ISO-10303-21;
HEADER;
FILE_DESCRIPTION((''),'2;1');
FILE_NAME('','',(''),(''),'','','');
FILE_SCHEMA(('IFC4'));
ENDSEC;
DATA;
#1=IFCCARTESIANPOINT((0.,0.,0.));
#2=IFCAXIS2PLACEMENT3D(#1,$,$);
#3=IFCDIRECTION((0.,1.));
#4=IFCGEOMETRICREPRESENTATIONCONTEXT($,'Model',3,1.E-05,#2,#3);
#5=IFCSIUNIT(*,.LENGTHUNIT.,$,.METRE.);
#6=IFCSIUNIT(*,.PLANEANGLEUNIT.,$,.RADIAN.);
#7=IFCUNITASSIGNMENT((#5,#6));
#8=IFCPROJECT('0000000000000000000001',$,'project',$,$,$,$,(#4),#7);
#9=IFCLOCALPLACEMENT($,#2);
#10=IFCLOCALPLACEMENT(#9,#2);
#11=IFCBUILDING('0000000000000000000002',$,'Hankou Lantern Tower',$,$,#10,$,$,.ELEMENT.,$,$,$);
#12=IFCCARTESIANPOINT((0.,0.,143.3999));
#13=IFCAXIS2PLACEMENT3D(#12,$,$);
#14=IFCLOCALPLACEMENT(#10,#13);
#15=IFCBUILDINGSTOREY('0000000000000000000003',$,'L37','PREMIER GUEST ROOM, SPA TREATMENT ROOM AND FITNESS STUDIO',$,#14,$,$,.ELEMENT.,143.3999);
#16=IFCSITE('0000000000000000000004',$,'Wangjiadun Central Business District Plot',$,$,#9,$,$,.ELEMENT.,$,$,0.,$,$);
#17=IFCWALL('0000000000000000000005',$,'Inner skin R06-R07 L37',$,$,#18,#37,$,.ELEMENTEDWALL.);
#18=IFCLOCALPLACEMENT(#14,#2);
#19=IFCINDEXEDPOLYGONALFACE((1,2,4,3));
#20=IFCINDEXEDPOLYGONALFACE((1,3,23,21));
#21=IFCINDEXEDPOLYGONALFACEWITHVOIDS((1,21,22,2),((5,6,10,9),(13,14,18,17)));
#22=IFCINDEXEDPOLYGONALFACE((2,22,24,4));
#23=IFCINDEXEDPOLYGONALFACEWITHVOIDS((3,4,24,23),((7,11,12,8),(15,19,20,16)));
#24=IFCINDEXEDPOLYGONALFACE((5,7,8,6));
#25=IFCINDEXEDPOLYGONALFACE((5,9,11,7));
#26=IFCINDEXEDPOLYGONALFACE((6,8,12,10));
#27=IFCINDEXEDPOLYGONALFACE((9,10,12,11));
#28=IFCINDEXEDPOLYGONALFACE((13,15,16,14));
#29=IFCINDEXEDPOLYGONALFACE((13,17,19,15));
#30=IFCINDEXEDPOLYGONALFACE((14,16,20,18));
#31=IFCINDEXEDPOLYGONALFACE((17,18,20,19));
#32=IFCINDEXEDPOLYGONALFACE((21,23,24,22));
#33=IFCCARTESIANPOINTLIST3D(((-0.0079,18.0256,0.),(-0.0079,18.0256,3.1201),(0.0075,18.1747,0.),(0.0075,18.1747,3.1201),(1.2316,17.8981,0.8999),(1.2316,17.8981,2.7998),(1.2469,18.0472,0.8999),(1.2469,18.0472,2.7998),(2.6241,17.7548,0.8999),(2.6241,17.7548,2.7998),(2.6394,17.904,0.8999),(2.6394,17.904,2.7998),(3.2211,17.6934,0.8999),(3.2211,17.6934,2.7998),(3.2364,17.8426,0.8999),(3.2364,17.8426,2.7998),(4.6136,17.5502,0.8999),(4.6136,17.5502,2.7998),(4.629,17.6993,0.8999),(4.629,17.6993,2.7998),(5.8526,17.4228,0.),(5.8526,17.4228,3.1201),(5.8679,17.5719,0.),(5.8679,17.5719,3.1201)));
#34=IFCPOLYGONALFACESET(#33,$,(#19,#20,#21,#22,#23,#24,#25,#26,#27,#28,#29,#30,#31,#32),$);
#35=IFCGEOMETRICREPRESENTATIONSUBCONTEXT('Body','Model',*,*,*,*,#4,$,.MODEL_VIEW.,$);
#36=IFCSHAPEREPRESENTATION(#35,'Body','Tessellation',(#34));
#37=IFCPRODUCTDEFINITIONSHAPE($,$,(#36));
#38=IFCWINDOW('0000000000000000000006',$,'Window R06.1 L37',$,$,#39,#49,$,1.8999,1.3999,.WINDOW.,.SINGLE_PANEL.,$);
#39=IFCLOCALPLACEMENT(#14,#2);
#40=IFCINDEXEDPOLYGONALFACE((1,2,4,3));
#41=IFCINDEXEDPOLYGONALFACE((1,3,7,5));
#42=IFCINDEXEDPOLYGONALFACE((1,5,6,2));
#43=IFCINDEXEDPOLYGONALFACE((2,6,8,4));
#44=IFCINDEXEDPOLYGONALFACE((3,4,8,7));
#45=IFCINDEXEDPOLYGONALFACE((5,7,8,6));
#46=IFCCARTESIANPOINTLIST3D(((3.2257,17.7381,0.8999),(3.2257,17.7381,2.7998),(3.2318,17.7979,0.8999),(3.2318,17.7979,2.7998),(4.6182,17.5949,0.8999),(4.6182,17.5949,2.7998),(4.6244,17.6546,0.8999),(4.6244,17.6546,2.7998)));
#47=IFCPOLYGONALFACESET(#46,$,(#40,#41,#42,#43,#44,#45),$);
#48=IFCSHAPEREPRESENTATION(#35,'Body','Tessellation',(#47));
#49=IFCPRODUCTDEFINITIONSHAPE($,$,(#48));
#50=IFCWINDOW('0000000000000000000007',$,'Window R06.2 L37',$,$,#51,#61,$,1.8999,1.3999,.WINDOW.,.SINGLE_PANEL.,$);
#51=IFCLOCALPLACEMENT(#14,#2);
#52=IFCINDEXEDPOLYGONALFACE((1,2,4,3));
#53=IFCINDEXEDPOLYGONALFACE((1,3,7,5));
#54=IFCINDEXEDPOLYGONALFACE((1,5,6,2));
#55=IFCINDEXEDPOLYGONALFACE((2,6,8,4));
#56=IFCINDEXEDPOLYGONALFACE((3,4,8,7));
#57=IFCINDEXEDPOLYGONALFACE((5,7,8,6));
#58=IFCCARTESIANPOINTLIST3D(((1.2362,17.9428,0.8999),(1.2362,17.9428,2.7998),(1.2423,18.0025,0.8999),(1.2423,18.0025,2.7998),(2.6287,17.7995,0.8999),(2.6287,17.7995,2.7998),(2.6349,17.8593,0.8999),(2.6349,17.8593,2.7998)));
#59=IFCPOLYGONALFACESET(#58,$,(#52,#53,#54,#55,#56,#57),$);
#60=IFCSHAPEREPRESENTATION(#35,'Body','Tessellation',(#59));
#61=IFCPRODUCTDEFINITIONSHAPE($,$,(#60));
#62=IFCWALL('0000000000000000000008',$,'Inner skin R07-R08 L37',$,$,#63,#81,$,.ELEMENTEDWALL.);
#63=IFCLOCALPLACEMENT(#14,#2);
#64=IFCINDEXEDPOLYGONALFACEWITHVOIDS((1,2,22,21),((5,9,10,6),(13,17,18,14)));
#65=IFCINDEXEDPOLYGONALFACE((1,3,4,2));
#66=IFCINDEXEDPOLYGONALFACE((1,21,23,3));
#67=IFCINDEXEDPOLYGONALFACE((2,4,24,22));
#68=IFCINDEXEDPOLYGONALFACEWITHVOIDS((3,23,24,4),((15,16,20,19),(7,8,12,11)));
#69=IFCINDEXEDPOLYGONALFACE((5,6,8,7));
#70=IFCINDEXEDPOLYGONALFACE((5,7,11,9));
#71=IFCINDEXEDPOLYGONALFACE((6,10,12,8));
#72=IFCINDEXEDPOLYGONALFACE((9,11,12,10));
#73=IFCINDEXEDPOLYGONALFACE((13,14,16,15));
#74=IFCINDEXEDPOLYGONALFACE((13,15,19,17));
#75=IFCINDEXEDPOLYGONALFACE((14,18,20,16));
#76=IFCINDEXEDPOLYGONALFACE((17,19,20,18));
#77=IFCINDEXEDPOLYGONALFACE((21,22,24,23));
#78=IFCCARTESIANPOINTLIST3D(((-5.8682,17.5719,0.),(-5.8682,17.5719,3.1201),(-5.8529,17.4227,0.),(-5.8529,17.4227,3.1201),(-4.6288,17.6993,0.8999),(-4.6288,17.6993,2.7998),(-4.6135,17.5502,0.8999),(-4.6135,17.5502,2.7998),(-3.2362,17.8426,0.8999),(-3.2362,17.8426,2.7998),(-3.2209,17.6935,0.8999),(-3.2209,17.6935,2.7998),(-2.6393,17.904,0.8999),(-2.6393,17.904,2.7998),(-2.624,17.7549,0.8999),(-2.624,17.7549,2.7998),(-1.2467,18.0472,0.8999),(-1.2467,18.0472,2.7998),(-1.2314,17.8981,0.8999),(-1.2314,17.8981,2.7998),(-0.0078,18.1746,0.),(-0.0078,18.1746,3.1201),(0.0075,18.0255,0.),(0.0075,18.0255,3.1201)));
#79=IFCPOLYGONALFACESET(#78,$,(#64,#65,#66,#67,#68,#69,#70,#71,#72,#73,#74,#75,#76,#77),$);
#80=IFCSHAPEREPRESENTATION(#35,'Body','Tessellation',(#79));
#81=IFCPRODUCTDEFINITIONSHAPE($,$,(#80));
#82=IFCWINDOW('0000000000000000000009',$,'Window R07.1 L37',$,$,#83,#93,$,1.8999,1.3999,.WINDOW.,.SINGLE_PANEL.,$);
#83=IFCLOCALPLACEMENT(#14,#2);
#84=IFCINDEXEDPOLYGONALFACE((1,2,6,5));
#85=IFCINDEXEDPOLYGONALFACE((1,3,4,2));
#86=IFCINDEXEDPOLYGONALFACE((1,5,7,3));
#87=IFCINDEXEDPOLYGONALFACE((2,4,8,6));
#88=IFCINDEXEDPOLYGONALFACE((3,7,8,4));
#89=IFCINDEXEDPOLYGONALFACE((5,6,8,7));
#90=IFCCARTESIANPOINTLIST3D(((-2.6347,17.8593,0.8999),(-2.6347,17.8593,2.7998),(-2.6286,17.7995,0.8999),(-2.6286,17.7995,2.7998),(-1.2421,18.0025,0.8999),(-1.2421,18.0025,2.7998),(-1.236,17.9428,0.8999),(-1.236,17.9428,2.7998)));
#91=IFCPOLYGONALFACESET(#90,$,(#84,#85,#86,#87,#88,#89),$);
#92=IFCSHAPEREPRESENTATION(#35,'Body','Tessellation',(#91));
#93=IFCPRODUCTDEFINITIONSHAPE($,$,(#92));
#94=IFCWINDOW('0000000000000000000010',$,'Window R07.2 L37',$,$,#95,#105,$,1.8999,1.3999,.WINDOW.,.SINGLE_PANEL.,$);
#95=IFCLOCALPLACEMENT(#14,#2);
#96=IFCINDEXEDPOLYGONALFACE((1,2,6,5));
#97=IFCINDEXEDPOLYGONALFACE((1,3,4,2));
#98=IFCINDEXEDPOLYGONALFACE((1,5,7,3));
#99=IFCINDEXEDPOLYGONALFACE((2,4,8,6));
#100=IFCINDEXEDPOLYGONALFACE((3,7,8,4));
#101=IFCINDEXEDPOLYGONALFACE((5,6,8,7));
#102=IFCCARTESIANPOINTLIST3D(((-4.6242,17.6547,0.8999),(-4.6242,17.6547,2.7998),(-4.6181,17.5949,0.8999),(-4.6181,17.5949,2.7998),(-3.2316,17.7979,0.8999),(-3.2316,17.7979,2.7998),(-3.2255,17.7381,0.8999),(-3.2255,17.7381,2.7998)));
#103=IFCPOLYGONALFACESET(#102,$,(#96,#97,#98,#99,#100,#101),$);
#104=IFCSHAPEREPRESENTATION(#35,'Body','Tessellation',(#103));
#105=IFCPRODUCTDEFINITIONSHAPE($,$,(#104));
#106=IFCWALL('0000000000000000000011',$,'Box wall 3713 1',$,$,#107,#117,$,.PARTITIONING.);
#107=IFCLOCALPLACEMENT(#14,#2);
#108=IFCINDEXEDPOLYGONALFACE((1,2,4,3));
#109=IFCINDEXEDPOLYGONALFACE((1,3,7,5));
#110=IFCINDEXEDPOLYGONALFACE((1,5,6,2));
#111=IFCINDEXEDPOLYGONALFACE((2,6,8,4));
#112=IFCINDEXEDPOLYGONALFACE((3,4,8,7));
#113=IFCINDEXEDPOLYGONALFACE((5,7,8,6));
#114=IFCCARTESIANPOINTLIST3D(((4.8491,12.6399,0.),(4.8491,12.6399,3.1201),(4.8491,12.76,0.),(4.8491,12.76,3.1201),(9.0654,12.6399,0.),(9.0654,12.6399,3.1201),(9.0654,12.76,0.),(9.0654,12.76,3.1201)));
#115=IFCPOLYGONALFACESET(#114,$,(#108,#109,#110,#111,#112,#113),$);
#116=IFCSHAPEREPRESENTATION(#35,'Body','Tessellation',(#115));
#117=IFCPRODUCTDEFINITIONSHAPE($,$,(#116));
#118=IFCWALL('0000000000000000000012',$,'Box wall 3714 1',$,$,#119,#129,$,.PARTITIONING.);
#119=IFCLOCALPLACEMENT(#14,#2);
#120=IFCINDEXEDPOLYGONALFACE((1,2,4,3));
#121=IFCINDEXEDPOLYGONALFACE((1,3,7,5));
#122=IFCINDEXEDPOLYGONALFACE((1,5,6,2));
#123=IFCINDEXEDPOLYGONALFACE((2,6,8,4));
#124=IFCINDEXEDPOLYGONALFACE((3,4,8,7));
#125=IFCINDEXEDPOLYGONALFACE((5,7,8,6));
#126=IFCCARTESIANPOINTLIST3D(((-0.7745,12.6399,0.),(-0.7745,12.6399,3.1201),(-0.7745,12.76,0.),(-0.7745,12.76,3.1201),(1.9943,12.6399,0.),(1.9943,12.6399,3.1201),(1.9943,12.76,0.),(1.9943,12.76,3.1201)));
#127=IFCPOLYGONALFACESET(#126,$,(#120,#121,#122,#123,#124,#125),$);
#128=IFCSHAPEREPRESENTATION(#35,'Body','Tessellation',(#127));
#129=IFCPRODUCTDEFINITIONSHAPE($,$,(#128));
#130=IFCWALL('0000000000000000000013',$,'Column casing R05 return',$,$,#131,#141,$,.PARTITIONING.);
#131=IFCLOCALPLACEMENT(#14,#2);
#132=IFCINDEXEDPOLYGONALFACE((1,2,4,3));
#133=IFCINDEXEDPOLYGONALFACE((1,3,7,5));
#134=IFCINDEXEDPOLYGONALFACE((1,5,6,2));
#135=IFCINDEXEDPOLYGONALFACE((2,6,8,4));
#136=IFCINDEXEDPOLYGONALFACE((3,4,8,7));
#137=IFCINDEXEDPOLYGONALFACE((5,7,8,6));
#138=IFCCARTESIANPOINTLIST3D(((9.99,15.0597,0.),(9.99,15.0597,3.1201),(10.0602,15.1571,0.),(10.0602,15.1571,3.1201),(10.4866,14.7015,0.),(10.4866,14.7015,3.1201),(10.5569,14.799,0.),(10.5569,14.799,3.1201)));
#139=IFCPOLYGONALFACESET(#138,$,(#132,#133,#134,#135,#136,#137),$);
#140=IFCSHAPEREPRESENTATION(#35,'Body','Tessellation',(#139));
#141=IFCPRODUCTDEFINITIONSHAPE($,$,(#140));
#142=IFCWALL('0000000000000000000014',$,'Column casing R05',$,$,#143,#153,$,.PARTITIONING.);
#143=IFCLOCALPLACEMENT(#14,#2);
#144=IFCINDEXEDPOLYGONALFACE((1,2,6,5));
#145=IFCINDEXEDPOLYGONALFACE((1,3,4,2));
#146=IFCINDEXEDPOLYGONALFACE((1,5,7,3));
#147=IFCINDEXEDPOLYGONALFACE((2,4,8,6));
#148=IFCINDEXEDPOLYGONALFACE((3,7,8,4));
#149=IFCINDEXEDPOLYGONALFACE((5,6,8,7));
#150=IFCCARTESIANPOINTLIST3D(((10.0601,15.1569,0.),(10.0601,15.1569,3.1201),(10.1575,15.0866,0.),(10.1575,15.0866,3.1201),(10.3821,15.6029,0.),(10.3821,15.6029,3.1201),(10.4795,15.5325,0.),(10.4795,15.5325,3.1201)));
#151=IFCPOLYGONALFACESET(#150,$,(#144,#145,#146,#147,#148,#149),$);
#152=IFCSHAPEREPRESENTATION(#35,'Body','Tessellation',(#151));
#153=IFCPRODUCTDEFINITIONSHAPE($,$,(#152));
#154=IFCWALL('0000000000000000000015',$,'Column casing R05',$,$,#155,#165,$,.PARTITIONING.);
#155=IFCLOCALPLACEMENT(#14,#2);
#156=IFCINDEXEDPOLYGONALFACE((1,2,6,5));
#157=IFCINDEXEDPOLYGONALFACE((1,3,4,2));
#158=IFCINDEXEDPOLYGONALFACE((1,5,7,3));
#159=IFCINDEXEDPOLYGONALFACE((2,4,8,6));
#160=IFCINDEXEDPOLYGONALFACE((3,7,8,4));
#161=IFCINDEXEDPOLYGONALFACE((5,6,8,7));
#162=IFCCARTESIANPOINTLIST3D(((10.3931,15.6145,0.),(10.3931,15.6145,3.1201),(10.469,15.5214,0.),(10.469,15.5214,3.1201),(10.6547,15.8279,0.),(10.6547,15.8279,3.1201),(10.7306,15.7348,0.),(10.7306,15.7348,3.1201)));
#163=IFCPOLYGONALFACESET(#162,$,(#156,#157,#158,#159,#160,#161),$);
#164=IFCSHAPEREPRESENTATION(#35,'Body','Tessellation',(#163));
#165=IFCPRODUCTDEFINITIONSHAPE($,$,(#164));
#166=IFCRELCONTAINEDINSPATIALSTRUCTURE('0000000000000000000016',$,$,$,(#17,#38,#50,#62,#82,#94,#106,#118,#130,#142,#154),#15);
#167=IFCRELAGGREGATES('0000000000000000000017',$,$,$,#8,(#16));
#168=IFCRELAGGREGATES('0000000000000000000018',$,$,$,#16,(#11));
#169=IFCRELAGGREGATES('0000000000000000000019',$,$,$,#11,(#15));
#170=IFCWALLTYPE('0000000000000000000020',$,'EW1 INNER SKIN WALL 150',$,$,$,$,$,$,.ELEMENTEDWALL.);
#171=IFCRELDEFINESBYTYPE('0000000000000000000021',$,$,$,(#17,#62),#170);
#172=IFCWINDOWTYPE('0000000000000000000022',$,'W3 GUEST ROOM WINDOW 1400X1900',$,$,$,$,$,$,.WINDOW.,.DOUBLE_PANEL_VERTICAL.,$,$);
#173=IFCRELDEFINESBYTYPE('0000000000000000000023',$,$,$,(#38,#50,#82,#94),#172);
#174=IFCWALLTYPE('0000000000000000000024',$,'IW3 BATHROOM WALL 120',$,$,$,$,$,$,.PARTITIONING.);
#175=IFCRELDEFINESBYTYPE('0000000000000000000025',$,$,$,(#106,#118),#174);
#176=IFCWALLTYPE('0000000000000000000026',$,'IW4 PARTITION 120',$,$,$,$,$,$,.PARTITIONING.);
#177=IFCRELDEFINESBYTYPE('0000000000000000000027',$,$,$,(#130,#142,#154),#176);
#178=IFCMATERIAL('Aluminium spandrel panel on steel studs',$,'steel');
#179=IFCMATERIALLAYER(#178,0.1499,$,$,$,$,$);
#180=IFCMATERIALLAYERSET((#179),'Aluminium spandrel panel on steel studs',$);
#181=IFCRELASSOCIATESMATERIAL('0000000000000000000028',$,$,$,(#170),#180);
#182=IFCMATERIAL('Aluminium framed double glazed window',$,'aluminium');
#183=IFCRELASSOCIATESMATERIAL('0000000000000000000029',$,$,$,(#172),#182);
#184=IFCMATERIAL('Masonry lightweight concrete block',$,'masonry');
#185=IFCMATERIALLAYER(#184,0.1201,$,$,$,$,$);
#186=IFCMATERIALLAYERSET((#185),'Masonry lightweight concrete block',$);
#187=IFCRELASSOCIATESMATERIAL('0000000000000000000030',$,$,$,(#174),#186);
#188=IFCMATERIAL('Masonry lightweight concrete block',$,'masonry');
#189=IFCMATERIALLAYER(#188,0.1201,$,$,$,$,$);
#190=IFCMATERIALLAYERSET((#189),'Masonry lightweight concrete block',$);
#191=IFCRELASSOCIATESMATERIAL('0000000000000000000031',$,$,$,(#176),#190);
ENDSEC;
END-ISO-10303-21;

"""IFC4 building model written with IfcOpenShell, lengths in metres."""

from ifc_helpers import new_model, si_unit, direction, frame, frame_2d, origin, place, context, subcontext, project, spatial, rectangle, extrude, material, layer, layer_set, type_object, element, fill, save


model = new_model("IFC4")

# Units and contexts
model_context = context("Model", 3, precision=1e-05, world=origin(), true_north=direction((0.0, 1.0)))
body_context = subcontext(model_context, "Body", "Model", "MODEL_VIEW")
ifc_project = project(units=[si_unit("LENGTHUNIT", "METRE"), si_unit("PLANEANGLEUNIT", "RADIAN")], contexts=[model_context])

# Site, building, storey
site_placement = place(None, origin())
site = spatial("IfcSite", under=ifc_project, at=site_placement, Name="Wangjiadun Central Business District Plot", CompositionType="ELEMENT", RefElevation=0.0)
building_placement = place(site_placement, origin())
building = spatial("IfcBuilding", under=site, at=building_placement, Name="Hankou Lantern Tower", CompositionType="ELEMENT")
storey_placement = place(building_placement, frame((0.0, 0.0, 143.3999)))
storey = spatial("IfcBuildingStorey", under=building, at=storey_placement, Name="L37", Description="PREMIER GUEST ROOM, SPA TREATMENT ROOM AND FITNESS STUDIO", CompositionType="ELEMENT", Elevation=143.3999)

# Walls, openings, windows
ifc_material_1 = material(Name="Aluminium spandrel panel on steel studs", Category="steel")
ifc_layer_1 = layer(ifc_material_1, 0.1499)
ifc_layer_set_1 = layer_set([ifc_layer_1], Name="Aluminium spandrel panel on steel studs")
wall_type_1 = type_object("IfcWallType", Name="EW1 INNER SKIN WALL 150", PredefinedType="ELEMENTEDWALL", material=ifc_layer_set_1)
wall_1_placement = place(storey_placement, frame((5.8604, 17.4973, 0.0), z_axis=(0.0, 0.0, 1.0), x_axis=(-0.994752, 0.102318, 0.0)))
wall_1 = element("IfcWall", 1, at=wall_1_placement, inside=storey, type_object=wall_type_1, Name="Inner skin R06-R07 L37", PredefinedType="ELEMENTEDWALL", context=body_context, shape_type="SweptSolid", body=[
    extrude(rectangle(XDim=5.8914, YDim=0.1499, at=frame_2d((2.9458, 0.0))), origin(), (0.0, 0.0, 1.0), 3.1201),
])
opening_1_placement = place(wall_1_placement, frame((1.2456, 0.0, 0.8999)))
opening_1 = element("IfcOpeningElement", 2, at=opening_1_placement, cuts=wall_1, PredefinedType="OPENING", context=body_context, shape_type="SweptSolid", body=[
    extrude(rectangle(XDim=1.3999, YDim=1.8999, at=frame_2d((0.7, 0.95))), frame((0.0, 0.085, 0.0), z_axis=(0.0, -1.0, 0.0), x_axis=(1.0, 0.0, 0.0)), (0.0, 0.0, 1.0), 0.1699),
])
opening_2_placement = place(wall_1_placement, frame((3.2456, 0.0, 0.8999)))
opening_2 = element("IfcOpeningElement", 3, at=opening_2_placement, cuts=wall_1, PredefinedType="OPENING", context=body_context, shape_type="SweptSolid", body=[
    extrude(rectangle(XDim=1.3999, YDim=1.8999, at=frame_2d((0.7, 0.95))), frame((0.0, 0.085, 0.0), z_axis=(0.0, -1.0, 0.0), x_axis=(1.0, 0.0, 0.0)), (0.0, 0.0, 1.0), 0.1699),
])
ifc_material_2 = material(Name="Aluminium framed double glazed window", Category="aluminium")
window_type = type_object("IfcWindowType", Name="W3 GUEST ROOM WINDOW 1400X1900", PartitioningType="DOUBLE_PANEL_VERTICAL", PredefinedType="WINDOW", material=ifc_material_2)
window_1_placement = place(opening_1_placement, origin())
window_1 = element("IfcWindow", 4, at=window_1_placement, inside=storey, type_object=window_type, Name="Window R06.1 L37", OverallHeight=1.8999, OverallWidth=1.3999, PartitioningType="SINGLE_PANEL", PredefinedType="WINDOW", context=body_context, shape_type="SweptSolid", body=[
    extrude(rectangle(XDim=1.3999, YDim=1.8999, at=frame_2d((0.7, 0.95))), frame((0.0, 0.03, 0.0), z_axis=(0.0, -1.0, 0.0), x_axis=(1.0, 0.0, 0.0)), (0.0, 0.0, 1.0), 0.0601),
])
fill(opening_1, window_1)
window_2_placement = place(opening_2_placement, origin())
window_2 = element("IfcWindow", 5, at=window_2_placement, inside=storey, type_object=window_type, Name="Window R06.2 L37", OverallHeight=1.8999, OverallWidth=1.3999, PartitioningType="SINGLE_PANEL", PredefinedType="WINDOW", context=body_context, shape_type="SweptSolid", body=[
    extrude(rectangle(XDim=1.3999, YDim=1.8999, at=frame_2d((0.7, 0.95))), frame((0.0, 0.03, 0.0), z_axis=(0.0, -1.0, 0.0), x_axis=(1.0, 0.0, 0.0)), (0.0, 0.0, 1.0), 0.0601),
])
fill(opening_2, window_2)
wall_2_placement = place(storey_placement, frame((0.0, 18.1001, 0.0), z_axis=(0.0, 0.0, 1.0), x_axis=(-0.994752, -0.102318, 0.0)))
wall_2 = element("IfcWall", 6, at=wall_2_placement, inside=storey, type_object=wall_type_1, Name="Inner skin R07-R08 L37", PredefinedType="ELEMENTEDWALL", context=body_context, shape_type="SweptSolid", body=[
    extrude(rectangle(XDim=5.8914, YDim=0.1499, at=frame_2d((2.9458, 0.0))), origin(), (0.0, 0.0, 1.0), 3.1201),
])
opening_3_placement = place(wall_2_placement, frame((1.2456, 0.0, 0.8999)))
opening_3 = element("IfcOpeningElement", 7, at=opening_3_placement, cuts=wall_2, PredefinedType="OPENING", context=body_context, shape_type="SweptSolid", body=[
    extrude(rectangle(XDim=1.3999, YDim=1.8999, at=frame_2d((0.7, 0.95))), frame((0.0, 0.085, 0.0), z_axis=(0.0, -1.0, 0.0), x_axis=(1.0, 0.0, 0.0)), (0.0, 0.0, 1.0), 0.1699),
])
opening_4_placement = place(wall_2_placement, frame((3.2456, 0.0, 0.8999)))
opening_4 = element("IfcOpeningElement", 8, at=opening_4_placement, cuts=wall_2, PredefinedType="OPENING", context=body_context, shape_type="SweptSolid", body=[
    extrude(rectangle(XDim=1.3999, YDim=1.8999, at=frame_2d((0.7, 0.95))), frame((0.0, 0.085, 0.0), z_axis=(0.0, -1.0, 0.0), x_axis=(1.0, 0.0, 0.0)), (0.0, 0.0, 1.0), 0.1699),
])
window_3_placement = place(opening_3_placement, origin())
window_3 = element("IfcWindow", 9, at=window_3_placement, inside=storey, type_object=window_type, Name="Window R07.1 L37", OverallHeight=1.8999, OverallWidth=1.3999, PartitioningType="SINGLE_PANEL", PredefinedType="WINDOW", context=body_context, shape_type="SweptSolid", body=[
    extrude(rectangle(XDim=1.3999, YDim=1.8999, at=frame_2d((0.7, 0.95))), frame((0.0, 0.03, 0.0), z_axis=(0.0, -1.0, 0.0), x_axis=(1.0, 0.0, 0.0)), (0.0, 0.0, 1.0), 0.0601),
])
fill(opening_3, window_3)
window_4_placement = place(opening_4_placement, origin())
window_4 = element("IfcWindow", 10, at=window_4_placement, inside=storey, type_object=window_type, Name="Window R07.2 L37", OverallHeight=1.8999, OverallWidth=1.3999, PartitioningType="SINGLE_PANEL", PredefinedType="WINDOW", context=body_context, shape_type="SweptSolid", body=[
    extrude(rectangle(XDim=1.3999, YDim=1.8999, at=frame_2d((0.7, 0.95))), frame((0.0, 0.03, 0.0), z_axis=(0.0, -1.0, 0.0), x_axis=(1.0, 0.0, 0.0)), (0.0, 0.0, 1.0), 0.0601),
])
fill(opening_4, window_4)

# Walls
ifc_material_3 = material(Name="Masonry lightweight concrete block", Category="masonry")
ifc_layer_2 = layer(ifc_material_3, 0.1201)
ifc_layer_set_2 = layer_set([ifc_layer_2], Name="Masonry lightweight concrete block")
wall_type_2 = type_object("IfcWallType", Name="IW3 BATHROOM WALL 120", PredefinedType="PARTITIONING", material=ifc_layer_set_2)
wall_3_placement = place(storey_placement, frame((9.0654, 12.7, 0.0), z_axis=(0.0, 0.0, 1.0), x_axis=(-1.0, 0.0, 0.0)))
element("IfcWall", 11, at=wall_3_placement, inside=storey, type_object=wall_type_2, Name="Box wall 3713 1", PredefinedType="PARTITIONING", context=body_context, shape_type="SweptSolid", body=[
    extrude(rectangle(XDim=4.2163, YDim=0.1201, at=frame_2d((2.1082, 0.0))), origin(), (0.0, 0.0, 1.0), 3.1201),
])
wall_4_placement = place(storey_placement, frame((1.9941, 12.7, 0.0), z_axis=(0.0, 0.0, 1.0), x_axis=(-1.0, 0.0, 0.0)))
element("IfcWall", 12, at=wall_4_placement, inside=storey, type_object=wall_type_2, Name="Box wall 3714 1", PredefinedType="PARTITIONING", context=body_context, shape_type="SweptSolid", body=[
    extrude(rectangle(XDim=2.7688, YDim=0.1201, at=frame_2d((1.3843, 0.0))), origin(), (0.0, 0.0, 1.0), 3.1201),
])
ifc_material_4 = material(Name="Masonry lightweight concrete block", Category="masonry")
ifc_layer_3 = layer(ifc_material_4, 0.1201)
ifc_layer_set_3 = layer_set([ifc_layer_3], Name="Masonry lightweight concrete block")
wall_type_3 = type_object("IfcWallType", Name="IW4 PARTITION 120", PredefinedType="PARTITIONING", material=ifc_layer_set_3)
wall_5_placement = place(storey_placement, frame((10.5217, 14.7502, 0.0), z_axis=(0.0, 0.0, 1.0), x_axis=(-0.811058, 0.584966, 0.0)))
element("IfcWall", 13, at=wall_5_placement, inside=storey, type_object=wall_type_3, Name="Column casing R05 return", PredefinedType="PARTITIONING", context=body_context, shape_type="SweptSolid", body=[
    extrude(rectangle(XDim=0.6123, YDim=0.1201, at=frame_2d((0.3062, 0.0))), origin(), (0.0, 0.0, 1.0), 3.1201),
])
wall_6_placement = place(storey_placement, frame((10.1089, 15.1218, 0.0), z_axis=(0.0, 0.0, 1.0), x_axis=(0.585345, 0.810785, 0.0)))
element("IfcWall", 14, at=wall_6_placement, inside=storey, type_object=wall_type_3, Name="Column casing R05", PredefinedType="PARTITIONING", context=body_context, shape_type="SweptSolid", body=[
    extrude(rectangle(XDim=0.55, YDim=0.1201, at=frame_2d((0.2749, 0.0))), origin(), (0.0, 0.0, 1.0), 3.1201),
])
wall_7_placement = place(storey_placement, frame((10.4309, 15.5679, 0.0), z_axis=(0.0, 0.0, 1.0), x_axis=(0.775051, 0.631898, 0.0)))
element("IfcWall", 15, at=wall_7_placement, inside=storey, type_object=wall_type_3, Name="Column casing R05", PredefinedType="PARTITIONING", context=body_context, shape_type="SweptSolid", body=[
    extrude(rectangle(XDim=0.3376, YDim=0.1201, at=frame_2d((0.1689, 0.0))), origin(), (0.0, 0.0, 1.0), 3.1201),
])

save(model, "model.ifc")
